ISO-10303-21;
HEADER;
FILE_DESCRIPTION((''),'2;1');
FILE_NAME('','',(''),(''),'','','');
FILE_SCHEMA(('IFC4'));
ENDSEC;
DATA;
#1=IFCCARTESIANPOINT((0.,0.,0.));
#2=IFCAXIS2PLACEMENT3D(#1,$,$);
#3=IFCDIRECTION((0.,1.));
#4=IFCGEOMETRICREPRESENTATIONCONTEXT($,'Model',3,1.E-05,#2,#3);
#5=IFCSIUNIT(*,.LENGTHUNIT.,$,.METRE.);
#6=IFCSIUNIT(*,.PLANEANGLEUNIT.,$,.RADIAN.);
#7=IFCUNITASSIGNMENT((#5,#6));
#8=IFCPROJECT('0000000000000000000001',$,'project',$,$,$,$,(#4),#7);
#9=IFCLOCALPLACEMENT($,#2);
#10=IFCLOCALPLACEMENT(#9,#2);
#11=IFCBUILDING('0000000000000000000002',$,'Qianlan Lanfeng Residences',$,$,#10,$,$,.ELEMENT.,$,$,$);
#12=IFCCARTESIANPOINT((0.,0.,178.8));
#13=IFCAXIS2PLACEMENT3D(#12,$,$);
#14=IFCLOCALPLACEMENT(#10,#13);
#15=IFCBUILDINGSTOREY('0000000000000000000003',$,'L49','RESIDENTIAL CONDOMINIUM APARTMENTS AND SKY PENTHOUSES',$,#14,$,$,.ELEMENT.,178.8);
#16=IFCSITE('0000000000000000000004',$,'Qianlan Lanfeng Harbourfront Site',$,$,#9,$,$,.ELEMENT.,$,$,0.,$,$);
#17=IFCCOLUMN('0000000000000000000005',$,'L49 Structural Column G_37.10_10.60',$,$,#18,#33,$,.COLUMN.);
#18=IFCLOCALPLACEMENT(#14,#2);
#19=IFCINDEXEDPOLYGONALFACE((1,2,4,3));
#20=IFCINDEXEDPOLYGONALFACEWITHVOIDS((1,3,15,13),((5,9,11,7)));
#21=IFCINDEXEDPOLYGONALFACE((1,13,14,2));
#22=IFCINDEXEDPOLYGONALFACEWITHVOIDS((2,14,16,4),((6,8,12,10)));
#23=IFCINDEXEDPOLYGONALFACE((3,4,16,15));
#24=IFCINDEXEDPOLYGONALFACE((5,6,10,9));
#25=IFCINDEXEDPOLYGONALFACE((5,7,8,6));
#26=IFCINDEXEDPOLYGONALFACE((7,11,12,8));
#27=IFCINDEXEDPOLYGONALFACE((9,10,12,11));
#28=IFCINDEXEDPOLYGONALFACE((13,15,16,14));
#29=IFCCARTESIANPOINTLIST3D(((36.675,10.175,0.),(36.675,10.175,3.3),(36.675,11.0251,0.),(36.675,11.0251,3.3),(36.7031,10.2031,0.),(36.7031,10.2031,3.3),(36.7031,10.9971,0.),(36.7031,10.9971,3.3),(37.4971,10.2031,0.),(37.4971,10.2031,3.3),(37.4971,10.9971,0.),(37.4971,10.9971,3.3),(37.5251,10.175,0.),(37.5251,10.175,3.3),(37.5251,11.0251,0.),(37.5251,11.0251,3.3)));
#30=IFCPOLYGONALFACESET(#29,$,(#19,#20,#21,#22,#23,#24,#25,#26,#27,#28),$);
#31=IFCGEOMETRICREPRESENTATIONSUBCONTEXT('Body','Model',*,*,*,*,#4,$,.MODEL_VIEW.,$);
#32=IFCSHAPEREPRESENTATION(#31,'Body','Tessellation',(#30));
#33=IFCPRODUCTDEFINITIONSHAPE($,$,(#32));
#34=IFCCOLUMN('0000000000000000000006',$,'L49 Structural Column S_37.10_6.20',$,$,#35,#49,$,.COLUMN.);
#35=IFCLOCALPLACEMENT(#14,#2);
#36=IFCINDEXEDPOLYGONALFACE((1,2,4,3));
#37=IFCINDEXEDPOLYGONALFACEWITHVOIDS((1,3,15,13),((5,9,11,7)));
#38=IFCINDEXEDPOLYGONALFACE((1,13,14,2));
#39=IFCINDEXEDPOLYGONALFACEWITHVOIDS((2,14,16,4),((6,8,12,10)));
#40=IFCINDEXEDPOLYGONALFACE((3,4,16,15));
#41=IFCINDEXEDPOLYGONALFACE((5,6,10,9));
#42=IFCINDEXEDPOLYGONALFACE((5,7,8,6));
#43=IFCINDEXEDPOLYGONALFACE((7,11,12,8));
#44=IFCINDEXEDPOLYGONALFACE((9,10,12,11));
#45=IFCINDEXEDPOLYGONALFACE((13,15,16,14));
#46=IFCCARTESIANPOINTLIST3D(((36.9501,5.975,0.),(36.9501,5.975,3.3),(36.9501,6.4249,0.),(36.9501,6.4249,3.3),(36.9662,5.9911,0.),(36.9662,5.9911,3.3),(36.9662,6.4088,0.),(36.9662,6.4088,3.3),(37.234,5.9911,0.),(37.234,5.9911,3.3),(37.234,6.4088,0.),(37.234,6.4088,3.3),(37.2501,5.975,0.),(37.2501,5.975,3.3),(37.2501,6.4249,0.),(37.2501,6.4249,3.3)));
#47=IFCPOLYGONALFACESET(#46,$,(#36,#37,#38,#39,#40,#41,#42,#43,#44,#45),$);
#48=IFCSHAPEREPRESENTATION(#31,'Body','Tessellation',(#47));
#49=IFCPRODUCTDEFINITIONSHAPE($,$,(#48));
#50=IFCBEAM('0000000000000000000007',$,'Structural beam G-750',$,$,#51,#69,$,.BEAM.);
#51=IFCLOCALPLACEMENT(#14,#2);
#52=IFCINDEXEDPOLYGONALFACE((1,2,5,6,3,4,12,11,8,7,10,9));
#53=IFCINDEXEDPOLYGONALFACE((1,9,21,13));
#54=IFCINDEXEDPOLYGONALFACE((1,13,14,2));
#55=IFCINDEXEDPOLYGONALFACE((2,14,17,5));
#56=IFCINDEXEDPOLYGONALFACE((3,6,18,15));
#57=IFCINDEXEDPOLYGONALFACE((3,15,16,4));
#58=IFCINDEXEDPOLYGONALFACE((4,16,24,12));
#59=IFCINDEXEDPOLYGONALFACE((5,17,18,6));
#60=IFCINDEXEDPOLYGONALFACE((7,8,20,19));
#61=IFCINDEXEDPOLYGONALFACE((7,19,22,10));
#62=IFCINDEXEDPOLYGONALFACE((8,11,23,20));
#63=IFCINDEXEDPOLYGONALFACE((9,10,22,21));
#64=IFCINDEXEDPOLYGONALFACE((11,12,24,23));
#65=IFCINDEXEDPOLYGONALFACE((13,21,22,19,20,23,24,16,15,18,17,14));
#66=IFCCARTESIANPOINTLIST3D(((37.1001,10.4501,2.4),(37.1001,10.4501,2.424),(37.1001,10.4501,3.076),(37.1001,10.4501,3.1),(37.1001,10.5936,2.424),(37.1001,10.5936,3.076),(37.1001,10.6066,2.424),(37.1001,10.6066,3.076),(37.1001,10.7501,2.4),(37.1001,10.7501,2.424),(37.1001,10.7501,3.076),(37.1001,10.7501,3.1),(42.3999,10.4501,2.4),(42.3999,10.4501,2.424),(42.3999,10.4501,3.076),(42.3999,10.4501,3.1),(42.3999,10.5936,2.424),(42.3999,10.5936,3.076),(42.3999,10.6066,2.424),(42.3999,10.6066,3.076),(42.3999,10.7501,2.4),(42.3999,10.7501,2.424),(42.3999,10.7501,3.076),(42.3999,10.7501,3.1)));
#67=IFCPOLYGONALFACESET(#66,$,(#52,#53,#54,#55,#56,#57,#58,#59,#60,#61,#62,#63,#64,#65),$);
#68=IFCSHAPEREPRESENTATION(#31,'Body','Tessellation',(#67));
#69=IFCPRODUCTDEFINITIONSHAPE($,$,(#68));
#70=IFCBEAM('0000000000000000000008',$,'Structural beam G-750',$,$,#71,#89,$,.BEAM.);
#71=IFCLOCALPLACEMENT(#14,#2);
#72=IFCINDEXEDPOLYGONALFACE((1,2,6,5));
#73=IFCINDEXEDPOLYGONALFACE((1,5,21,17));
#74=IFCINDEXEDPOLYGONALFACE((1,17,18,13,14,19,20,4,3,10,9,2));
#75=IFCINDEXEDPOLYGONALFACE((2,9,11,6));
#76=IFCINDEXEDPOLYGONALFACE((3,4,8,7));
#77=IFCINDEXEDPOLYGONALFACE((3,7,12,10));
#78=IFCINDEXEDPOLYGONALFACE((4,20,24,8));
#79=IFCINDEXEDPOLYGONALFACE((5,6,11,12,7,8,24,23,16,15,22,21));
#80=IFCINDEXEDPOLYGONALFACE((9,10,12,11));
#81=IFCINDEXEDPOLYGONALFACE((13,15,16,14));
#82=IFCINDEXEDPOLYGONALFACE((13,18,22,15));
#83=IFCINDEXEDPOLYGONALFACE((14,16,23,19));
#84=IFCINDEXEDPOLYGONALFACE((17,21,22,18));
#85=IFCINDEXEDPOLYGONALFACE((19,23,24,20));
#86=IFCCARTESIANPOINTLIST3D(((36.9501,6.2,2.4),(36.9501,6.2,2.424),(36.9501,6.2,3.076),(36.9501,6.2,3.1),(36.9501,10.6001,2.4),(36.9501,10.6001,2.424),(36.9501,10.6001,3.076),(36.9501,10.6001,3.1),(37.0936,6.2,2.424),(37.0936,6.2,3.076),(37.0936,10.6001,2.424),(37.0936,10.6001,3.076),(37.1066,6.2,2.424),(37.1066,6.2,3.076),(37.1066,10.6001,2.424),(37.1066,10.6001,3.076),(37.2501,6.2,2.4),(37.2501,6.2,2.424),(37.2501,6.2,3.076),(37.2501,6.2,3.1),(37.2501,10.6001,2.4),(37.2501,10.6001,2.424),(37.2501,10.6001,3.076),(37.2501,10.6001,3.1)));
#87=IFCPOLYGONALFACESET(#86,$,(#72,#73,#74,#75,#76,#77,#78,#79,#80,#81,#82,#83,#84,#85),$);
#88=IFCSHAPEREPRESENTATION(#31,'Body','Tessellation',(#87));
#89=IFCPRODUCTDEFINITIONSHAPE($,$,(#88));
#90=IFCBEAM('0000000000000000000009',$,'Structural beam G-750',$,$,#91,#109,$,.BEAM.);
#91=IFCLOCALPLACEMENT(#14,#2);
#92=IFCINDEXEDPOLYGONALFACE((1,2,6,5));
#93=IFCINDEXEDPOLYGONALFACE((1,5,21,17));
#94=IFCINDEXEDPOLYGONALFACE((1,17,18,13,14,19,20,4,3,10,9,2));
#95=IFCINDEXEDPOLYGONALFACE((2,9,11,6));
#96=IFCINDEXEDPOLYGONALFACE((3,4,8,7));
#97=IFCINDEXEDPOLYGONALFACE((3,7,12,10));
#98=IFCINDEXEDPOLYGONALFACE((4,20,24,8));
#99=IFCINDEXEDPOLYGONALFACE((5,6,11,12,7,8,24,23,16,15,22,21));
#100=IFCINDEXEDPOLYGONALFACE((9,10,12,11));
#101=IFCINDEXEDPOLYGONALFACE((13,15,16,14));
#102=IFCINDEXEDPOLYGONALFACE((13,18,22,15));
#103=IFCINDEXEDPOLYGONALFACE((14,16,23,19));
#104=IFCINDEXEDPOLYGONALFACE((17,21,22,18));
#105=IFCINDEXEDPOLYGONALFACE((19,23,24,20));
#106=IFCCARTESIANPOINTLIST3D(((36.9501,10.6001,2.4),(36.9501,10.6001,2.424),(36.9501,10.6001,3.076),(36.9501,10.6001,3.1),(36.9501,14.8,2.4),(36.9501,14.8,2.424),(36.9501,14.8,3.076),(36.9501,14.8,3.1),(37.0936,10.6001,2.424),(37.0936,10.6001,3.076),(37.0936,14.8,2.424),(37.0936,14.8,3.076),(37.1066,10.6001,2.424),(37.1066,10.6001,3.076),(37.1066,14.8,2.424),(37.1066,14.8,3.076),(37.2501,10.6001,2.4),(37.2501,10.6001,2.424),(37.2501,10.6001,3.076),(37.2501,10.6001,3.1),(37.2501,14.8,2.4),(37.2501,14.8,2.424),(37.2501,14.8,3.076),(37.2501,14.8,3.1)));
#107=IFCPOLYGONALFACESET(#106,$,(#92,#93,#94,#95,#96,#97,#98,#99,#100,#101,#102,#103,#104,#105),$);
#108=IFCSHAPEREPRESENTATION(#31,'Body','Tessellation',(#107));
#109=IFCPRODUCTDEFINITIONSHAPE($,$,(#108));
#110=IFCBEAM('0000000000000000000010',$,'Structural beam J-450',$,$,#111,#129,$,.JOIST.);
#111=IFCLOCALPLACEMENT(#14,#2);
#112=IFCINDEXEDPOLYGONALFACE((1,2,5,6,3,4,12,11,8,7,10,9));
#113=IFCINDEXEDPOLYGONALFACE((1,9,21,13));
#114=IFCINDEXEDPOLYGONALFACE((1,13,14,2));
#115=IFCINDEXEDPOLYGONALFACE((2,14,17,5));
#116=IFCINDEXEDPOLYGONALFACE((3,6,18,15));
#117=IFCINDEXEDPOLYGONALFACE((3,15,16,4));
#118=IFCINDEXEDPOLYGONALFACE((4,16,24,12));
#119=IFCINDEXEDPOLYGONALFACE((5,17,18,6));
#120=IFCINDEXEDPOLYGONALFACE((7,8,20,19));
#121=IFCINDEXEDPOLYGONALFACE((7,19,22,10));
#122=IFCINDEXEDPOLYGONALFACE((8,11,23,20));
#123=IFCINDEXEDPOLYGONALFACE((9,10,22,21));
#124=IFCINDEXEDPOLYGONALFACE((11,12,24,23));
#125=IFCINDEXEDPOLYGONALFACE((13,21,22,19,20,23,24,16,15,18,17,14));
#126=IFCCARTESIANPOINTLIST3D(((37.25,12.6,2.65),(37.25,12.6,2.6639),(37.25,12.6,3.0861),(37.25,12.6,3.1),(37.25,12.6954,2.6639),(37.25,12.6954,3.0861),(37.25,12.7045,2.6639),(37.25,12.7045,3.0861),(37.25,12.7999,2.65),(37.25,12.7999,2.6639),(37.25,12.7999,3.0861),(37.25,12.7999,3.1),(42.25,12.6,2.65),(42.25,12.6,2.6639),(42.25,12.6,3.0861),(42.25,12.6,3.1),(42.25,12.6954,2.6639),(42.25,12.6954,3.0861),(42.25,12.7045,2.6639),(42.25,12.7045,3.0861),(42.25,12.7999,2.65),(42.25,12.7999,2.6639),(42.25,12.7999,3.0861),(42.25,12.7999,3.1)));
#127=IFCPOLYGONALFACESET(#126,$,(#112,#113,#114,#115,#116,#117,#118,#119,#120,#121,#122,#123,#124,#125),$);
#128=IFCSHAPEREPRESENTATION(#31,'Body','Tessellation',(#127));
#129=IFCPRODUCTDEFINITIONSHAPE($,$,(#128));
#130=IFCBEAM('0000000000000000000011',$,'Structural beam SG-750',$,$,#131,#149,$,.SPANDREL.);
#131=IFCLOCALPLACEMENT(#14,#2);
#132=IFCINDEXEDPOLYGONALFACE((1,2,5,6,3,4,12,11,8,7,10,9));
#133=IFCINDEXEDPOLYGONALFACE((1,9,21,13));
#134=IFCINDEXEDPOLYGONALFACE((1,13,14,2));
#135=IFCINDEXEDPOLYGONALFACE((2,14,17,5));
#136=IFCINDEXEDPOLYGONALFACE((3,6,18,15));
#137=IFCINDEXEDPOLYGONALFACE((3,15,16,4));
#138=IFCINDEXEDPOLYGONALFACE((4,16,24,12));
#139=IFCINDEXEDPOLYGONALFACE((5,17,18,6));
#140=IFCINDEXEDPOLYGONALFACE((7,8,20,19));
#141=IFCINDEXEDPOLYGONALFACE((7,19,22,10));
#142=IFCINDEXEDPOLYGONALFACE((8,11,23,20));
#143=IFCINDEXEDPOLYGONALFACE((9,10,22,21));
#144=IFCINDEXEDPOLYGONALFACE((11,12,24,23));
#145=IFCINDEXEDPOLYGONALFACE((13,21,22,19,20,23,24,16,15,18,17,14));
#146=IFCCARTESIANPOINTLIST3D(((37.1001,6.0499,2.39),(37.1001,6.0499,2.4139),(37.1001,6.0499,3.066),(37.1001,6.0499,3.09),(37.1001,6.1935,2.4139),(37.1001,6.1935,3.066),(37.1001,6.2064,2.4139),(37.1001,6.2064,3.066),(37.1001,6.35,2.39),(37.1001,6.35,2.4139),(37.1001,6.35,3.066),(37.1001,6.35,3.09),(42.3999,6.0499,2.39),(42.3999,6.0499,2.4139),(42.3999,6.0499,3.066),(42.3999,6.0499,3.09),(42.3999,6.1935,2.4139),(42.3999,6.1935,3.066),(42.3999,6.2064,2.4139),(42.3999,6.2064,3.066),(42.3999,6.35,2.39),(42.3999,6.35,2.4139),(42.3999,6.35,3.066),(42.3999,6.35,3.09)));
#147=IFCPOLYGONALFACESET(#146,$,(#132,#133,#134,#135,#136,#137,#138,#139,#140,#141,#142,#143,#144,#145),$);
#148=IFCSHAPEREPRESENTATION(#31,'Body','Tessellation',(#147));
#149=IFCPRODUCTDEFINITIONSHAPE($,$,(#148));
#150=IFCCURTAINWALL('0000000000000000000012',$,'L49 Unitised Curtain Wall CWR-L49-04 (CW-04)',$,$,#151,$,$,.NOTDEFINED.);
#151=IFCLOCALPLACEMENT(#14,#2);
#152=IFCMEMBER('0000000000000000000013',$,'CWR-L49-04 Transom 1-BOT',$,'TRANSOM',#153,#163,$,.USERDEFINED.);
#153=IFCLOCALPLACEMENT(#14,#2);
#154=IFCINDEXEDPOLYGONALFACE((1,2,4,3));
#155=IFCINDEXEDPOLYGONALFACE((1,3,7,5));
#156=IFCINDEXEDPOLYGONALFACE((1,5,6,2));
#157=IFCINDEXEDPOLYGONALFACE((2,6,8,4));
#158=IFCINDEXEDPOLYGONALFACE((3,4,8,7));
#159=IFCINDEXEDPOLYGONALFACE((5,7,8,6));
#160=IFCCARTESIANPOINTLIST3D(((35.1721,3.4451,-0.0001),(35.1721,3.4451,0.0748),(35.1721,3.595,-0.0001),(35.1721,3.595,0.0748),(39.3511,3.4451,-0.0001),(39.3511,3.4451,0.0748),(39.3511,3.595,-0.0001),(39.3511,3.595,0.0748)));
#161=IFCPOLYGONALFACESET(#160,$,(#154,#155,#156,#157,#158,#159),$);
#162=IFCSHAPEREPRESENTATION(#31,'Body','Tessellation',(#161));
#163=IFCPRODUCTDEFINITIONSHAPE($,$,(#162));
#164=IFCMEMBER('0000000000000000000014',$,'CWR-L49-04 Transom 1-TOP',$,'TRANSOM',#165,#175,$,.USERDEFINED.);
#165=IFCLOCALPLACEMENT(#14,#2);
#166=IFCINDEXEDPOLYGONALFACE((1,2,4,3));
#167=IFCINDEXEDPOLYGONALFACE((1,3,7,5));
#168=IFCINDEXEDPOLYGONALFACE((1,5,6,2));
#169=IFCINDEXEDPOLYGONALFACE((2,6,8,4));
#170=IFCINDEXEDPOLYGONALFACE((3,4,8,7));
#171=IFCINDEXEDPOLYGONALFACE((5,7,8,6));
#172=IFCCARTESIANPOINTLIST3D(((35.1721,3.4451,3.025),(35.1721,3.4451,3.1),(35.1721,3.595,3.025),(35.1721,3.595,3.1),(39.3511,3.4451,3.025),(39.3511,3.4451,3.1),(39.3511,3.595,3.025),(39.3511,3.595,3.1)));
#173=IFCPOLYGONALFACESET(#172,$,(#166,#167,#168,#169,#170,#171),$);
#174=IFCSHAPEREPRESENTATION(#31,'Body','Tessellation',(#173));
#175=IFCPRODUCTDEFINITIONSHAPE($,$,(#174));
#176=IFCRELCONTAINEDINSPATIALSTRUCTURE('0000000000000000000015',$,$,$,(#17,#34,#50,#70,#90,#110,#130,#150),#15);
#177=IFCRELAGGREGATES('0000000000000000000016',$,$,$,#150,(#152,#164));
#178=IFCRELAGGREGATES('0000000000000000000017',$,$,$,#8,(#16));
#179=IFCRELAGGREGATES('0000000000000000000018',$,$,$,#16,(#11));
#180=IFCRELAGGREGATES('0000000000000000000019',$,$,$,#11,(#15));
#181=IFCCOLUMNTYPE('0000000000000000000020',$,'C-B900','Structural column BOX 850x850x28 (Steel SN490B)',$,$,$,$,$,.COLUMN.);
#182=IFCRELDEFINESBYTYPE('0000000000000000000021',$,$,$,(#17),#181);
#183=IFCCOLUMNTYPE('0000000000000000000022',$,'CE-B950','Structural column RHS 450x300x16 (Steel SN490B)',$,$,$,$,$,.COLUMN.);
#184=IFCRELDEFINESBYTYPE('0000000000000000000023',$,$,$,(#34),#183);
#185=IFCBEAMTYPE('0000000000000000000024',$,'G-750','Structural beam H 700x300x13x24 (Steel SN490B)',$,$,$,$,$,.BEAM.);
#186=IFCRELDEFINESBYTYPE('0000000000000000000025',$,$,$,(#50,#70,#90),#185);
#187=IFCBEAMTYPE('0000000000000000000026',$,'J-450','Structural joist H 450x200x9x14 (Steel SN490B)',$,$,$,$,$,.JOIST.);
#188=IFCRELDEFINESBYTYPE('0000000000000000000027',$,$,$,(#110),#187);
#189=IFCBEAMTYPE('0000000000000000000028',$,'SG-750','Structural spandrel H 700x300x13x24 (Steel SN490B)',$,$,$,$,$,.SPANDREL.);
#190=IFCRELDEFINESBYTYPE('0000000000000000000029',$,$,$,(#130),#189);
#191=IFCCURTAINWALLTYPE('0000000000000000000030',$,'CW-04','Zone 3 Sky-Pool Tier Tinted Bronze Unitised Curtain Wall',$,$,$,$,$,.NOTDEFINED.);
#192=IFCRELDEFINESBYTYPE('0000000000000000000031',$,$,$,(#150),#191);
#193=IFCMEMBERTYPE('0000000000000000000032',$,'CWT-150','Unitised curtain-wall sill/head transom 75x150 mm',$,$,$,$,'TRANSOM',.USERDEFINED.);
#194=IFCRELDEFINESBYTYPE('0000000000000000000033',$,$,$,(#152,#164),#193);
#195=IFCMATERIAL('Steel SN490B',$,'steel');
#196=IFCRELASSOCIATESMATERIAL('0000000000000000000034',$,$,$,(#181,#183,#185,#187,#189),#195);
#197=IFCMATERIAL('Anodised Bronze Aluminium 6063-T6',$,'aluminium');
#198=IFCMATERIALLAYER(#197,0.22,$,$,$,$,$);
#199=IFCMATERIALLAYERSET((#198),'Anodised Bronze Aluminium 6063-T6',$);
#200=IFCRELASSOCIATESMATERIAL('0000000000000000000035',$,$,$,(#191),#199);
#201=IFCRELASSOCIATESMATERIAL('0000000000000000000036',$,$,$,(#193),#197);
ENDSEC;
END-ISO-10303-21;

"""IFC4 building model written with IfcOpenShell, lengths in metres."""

from ifc_helpers import new_model, si_unit, direction, frame, origin, origin_2d, place, context, subcontext, project, spatial, rectangle, hollow_rectangle, i_section, extrude, source, transform, mapped, material, layer, layer_set, material_profile, profile_set, type_object, element, aggregate, save


model = new_model("IFC4")

# Units and contexts
model_context = context("Model", 3, precision=1e-05, world=origin(), true_north=direction((0.0, 1.0)))
body_context = subcontext(model_context, "Body", "Model", "MODEL_VIEW")
ifc_project = project(units=[si_unit("LENGTHUNIT", "METRE"), si_unit("PLANEANGLEUNIT", "RADIAN")], contexts=[model_context])

# Site, building, storey
site_placement = place(None, origin())
site = spatial("IfcSite", under=ifc_project, at=site_placement, Name="Qianlan Lanfeng Harbourfront Site", CompositionType="ELEMENT", RefElevation=0.0)
building_placement = place(site_placement, origin())
building = spatial("IfcBuilding", under=site, at=building_placement, Name="Qianlan Lanfeng Residences", CompositionType="ELEMENT")
storey_placement = place(building_placement, frame((0.0, 0.0, 178.8)))
storey = spatial("IfcBuildingStorey", under=building, at=storey_placement, Name="L49", Description="RESIDENTIAL CONDOMINIUM APARTMENTS AND SKY PENTHOUSES", CompositionType="ELEMENT", Elevation=178.8)

# Columns
ifc_material_1 = material(Name="Steel SN490B", Category="steel")
ifc_material_profile_1 = material_profile(ifc_material_1, hollow_rectangle(XDim=0.8501, YDim=0.8501, WallThickness=0.0281, at=origin_2d()), Name="BOX 850x850x28")
ifc_profile_set_1 = profile_set([ifc_material_profile_1], Name="Steel SN490B")
column_type_1 = type_object("IfcColumnType", Name="C-B900", Description="Structural column BOX 850x850x28 (Steel SN490B)", PredefinedType="COLUMN", material=ifc_profile_set_1)
column_1_placement = place(storey_placement, frame((37.1001, 10.6001, 0.0), z_axis=(0.0, 0.0, 1.0), x_axis=(1.0, 0.0, 0.0)))
element("IfcColumn", 1, at=column_1_placement, inside=storey, type_object=column_type_1, Name="L49 Structural Column G_37.10_10.60", PredefinedType="COLUMN", context=body_context, shape_type="SweptSolid", body=[
    extrude(hollow_rectangle(XDim=0.8501, YDim=0.8501, WallThickness=0.0281, at=origin_2d()), origin(), (0.0, 0.0, 1.0), 3.3),
])
ifc_material_profile_2 = material_profile(ifc_material_1, hollow_rectangle(XDim=0.3, YDim=0.45, WallThickness=0.0161, at=origin_2d()), Name="RHS 450x300x16")
ifc_profile_set_2 = profile_set([ifc_material_profile_2], Name="Steel SN490B")
column_type_2 = type_object("IfcColumnType", Name="CE-B950", Description="Structural column RHS 450x300x16 (Steel SN490B)", PredefinedType="COLUMN", material=ifc_profile_set_2)
column_2_placement = place(storey_placement, frame((37.1001, 6.2, 0.0), z_axis=(0.0, 0.0, 1.0), x_axis=(1.0, 0.0, 0.0)))
element("IfcColumn", 2, at=column_2_placement, inside=storey, type_object=column_type_2, Name="L49 Structural Column S_37.10_6.20", PredefinedType="COLUMN", context=body_context, shape_type="SweptSolid", body=[
    extrude(hollow_rectangle(XDim=0.3, YDim=0.45, WallThickness=0.0161, at=origin_2d()), origin(), (0.0, 0.0, 1.0), 3.3),
])

# Beams
ifc_material_profile_3 = material_profile(ifc_material_1, i_section(OverallWidth=0.3, OverallDepth=0.7, WebThickness=0.0129, FlangeThickness=0.0239, at=origin_2d()), Name="H 700x300x13x24")
ifc_profile_set_3 = profile_set([ifc_material_profile_3], Name="Steel SN490B")
beam_type_1 = type_object("IfcBeamType", Name="G-750", Description="Structural beam H 700x300x13x24 (Steel SN490B)", PredefinedType="BEAM", material=ifc_profile_set_3)
beam_1_placement = place(storey_placement, frame((37.1001, 10.6001, 2.75), z_axis=(1.0, 0.0, 0.0), x_axis=(0.0, 1.0, 0.0)))
element("IfcBeam", 3, at=beam_1_placement, inside=storey, type_object=beam_type_1, Name="Structural beam G-750", PredefinedType="BEAM", context=body_context, shape_type="SweptSolid", body=[
    extrude(i_section(OverallWidth=0.3, OverallDepth=0.7, WebThickness=0.0129, FlangeThickness=0.0239, at=origin_2d()), origin(), (0.0, 0.0, 1.0), 5.2998),
])
beam_2_placement = place(storey_placement, frame((37.1001, 6.2, 2.75), z_axis=(0.0, 1.0, 0.0), x_axis=(-1.0, 0.0, 0.0)))
element("IfcBeam", 4, at=beam_2_placement, inside=storey, type_object=beam_type_1, Name="Structural beam G-750", PredefinedType="BEAM", context=body_context, shape_type="SweptSolid", body=[
    extrude(i_section(OverallWidth=0.3, OverallDepth=0.7, WebThickness=0.0129, FlangeThickness=0.0239, at=origin_2d()), origin(), (0.0, 0.0, 1.0), 4.4001),
])
beam_3_placement = place(storey_placement, frame((37.1001, 10.6001, 2.75), z_axis=(0.0, 1.0, 0.0), x_axis=(-1.0, 0.0, 0.0)))
element("IfcBeam", 5, at=beam_3_placement, inside=storey, type_object=beam_type_1, Name="Structural beam G-750", PredefinedType="BEAM", context=body_context, shape_type="SweptSolid", body=[
    extrude(i_section(OverallWidth=0.3, OverallDepth=0.7, WebThickness=0.0129, FlangeThickness=0.0239, at=origin_2d()), origin(), (0.0, 0.0, 1.0), 4.2),
])
ifc_material_profile_4 = material_profile(ifc_material_1, i_section(OverallWidth=0.2, OverallDepth=0.45, WebThickness=0.009, FlangeThickness=0.0139, at=origin_2d()), Name="H 450x200x9x14")
ifc_profile_set_4 = profile_set([ifc_material_profile_4], Name="Steel SN490B")
beam_type_2 = type_object("IfcBeamType", Name="J-450", Description="Structural joist H 450x200x9x14 (Steel SN490B)", PredefinedType="JOIST", material=ifc_profile_set_4)
beam_4_placement = place(storey_placement, frame((37.25, 12.7, 2.875), z_axis=(1.0, 0.0, 0.0), x_axis=(0.0, 1.0, 0.0)))
element("IfcBeam", 6, at=beam_4_placement, inside=storey, type_object=beam_type_2, Name="Structural beam J-450", PredefinedType="JOIST", context=body_context, shape_type="SweptSolid", body=[
    extrude(i_section(OverallWidth=0.2, OverallDepth=0.45, WebThickness=0.009, FlangeThickness=0.0139, at=origin_2d()), origin(), (0.0, 0.0, 1.0), 5.0),
])
ifc_material_profile_5 = material_profile(ifc_material_1, i_section(OverallWidth=0.3, OverallDepth=0.7, WebThickness=0.0129, FlangeThickness=0.0239, at=origin_2d()), Name="H 700x300x13x24")
ifc_profile_set_5 = profile_set([ifc_material_profile_5], Name="Steel SN490B")
beam_type_3 = type_object("IfcBeamType", Name="SG-750", Description="Structural spandrel H 700x300x13x24 (Steel SN490B)", PredefinedType="SPANDREL", material=ifc_profile_set_5)
beam_5_placement = place(storey_placement, frame((37.1001, 6.2, 2.74), z_axis=(1.0, 0.0, 0.0), x_axis=(0.0, 1.0, 0.0)))
element("IfcBeam", 7, at=beam_5_placement, inside=storey, type_object=beam_type_3, Name="Structural beam SG-750", PredefinedType="SPANDREL", context=body_context, shape_type="SweptSolid", body=[
    extrude(i_section(OverallWidth=0.3, OverallDepth=0.7, WebThickness=0.0129, FlangeThickness=0.0239, at=origin_2d()), origin(), (0.0, 0.0, 1.0), 5.2998),
])

# Curtain wall, members
ifc_material_2 = material(Name="Anodised Bronze Aluminium 6063-T6", Category="aluminium")
ifc_layer_1 = layer(ifc_material_2, 0.22)
ifc_layer_set_1 = layer_set([ifc_layer_1], Name="Anodised Bronze Aluminium 6063-T6")
curtain_wall_type = type_object("IfcCurtainWallType", Name="CW-04", Description="Zone 3 Sky-Pool Tier Tinted Bronze Unitised Curtain Wall", PredefinedType="NOTDEFINED", material=ifc_layer_set_1)
curtain_wall_1_placement = place(storey_placement, origin())
curtain_wall_1 = element("IfcCurtainWall", 8, at=curtain_wall_1_placement, inside=storey, type_object=curtain_wall_type, Name="L49 Unitised Curtain Wall CWR-L49-04 (CW-04)", PredefinedType="NOTDEFINED")
ifc_material_profile_6 = material_profile(ifc_material_2, rectangle(XDim=0.075, YDim=0.1499, at=origin_2d()), Name="ALU TRANSOM 75x150")
ifc_profile_set_6 = profile_set([ifc_material_profile_6], Name="Anodised Bronze Aluminium 6063-T6")
member_type_1 = type_object("IfcMemberType", Name="CWT-150", Description="Unitised curtain-wall sill/head transom 75x150 mm", ElementType="TRANSOM", PredefinedType="USERDEFINED", material=ifc_profile_set_6)
shared_shape_1 = source(origin(), body_context, "Body", "SweptSolid", [
    extrude(rectangle(XDim=0.075, YDim=0.1499, at=origin_2d()), origin(), (0.0, 0.0, 1.0), 4.179),
])
member_1_placement = place(storey_placement, frame((35.1721, 3.52, 0.0374), z_axis=(1.0, 0.0, 0.0), x_axis=(0.0, 0.0, 1.0)))
member_1 = element("IfcMember", 9, at=member_1_placement, type_object=member_type_1, Name="CWR-L49-04 Transom 1-BOT", ObjectType="TRANSOM", PredefinedType="USERDEFINED", context=body_context, shape_type="MappedRepresentation", body=[
    mapped(shared_shape_1, transform((0.0, 0.0, 0.0), scale=1.0)),
])
member_2_placement = place(storey_placement, frame((35.1721, 3.52, 3.0625), z_axis=(1.0, 0.0, 0.0), x_axis=(0.0, 0.0, 1.0)))
member_2 = element("IfcMember", 10, at=member_2_placement, type_object=member_type_1, Name="CWR-L49-04 Transom 1-TOP", ObjectType="TRANSOM", PredefinedType="USERDEFINED", context=body_context, shape_type="MappedRepresentation", body=[
    mapped(shared_shape_1, transform((0.0, 0.0, 0.0), scale=1.0)),
])

aggregate(curtain_wall_1, [member_1, member_2])

save(model, "model.ifc")
